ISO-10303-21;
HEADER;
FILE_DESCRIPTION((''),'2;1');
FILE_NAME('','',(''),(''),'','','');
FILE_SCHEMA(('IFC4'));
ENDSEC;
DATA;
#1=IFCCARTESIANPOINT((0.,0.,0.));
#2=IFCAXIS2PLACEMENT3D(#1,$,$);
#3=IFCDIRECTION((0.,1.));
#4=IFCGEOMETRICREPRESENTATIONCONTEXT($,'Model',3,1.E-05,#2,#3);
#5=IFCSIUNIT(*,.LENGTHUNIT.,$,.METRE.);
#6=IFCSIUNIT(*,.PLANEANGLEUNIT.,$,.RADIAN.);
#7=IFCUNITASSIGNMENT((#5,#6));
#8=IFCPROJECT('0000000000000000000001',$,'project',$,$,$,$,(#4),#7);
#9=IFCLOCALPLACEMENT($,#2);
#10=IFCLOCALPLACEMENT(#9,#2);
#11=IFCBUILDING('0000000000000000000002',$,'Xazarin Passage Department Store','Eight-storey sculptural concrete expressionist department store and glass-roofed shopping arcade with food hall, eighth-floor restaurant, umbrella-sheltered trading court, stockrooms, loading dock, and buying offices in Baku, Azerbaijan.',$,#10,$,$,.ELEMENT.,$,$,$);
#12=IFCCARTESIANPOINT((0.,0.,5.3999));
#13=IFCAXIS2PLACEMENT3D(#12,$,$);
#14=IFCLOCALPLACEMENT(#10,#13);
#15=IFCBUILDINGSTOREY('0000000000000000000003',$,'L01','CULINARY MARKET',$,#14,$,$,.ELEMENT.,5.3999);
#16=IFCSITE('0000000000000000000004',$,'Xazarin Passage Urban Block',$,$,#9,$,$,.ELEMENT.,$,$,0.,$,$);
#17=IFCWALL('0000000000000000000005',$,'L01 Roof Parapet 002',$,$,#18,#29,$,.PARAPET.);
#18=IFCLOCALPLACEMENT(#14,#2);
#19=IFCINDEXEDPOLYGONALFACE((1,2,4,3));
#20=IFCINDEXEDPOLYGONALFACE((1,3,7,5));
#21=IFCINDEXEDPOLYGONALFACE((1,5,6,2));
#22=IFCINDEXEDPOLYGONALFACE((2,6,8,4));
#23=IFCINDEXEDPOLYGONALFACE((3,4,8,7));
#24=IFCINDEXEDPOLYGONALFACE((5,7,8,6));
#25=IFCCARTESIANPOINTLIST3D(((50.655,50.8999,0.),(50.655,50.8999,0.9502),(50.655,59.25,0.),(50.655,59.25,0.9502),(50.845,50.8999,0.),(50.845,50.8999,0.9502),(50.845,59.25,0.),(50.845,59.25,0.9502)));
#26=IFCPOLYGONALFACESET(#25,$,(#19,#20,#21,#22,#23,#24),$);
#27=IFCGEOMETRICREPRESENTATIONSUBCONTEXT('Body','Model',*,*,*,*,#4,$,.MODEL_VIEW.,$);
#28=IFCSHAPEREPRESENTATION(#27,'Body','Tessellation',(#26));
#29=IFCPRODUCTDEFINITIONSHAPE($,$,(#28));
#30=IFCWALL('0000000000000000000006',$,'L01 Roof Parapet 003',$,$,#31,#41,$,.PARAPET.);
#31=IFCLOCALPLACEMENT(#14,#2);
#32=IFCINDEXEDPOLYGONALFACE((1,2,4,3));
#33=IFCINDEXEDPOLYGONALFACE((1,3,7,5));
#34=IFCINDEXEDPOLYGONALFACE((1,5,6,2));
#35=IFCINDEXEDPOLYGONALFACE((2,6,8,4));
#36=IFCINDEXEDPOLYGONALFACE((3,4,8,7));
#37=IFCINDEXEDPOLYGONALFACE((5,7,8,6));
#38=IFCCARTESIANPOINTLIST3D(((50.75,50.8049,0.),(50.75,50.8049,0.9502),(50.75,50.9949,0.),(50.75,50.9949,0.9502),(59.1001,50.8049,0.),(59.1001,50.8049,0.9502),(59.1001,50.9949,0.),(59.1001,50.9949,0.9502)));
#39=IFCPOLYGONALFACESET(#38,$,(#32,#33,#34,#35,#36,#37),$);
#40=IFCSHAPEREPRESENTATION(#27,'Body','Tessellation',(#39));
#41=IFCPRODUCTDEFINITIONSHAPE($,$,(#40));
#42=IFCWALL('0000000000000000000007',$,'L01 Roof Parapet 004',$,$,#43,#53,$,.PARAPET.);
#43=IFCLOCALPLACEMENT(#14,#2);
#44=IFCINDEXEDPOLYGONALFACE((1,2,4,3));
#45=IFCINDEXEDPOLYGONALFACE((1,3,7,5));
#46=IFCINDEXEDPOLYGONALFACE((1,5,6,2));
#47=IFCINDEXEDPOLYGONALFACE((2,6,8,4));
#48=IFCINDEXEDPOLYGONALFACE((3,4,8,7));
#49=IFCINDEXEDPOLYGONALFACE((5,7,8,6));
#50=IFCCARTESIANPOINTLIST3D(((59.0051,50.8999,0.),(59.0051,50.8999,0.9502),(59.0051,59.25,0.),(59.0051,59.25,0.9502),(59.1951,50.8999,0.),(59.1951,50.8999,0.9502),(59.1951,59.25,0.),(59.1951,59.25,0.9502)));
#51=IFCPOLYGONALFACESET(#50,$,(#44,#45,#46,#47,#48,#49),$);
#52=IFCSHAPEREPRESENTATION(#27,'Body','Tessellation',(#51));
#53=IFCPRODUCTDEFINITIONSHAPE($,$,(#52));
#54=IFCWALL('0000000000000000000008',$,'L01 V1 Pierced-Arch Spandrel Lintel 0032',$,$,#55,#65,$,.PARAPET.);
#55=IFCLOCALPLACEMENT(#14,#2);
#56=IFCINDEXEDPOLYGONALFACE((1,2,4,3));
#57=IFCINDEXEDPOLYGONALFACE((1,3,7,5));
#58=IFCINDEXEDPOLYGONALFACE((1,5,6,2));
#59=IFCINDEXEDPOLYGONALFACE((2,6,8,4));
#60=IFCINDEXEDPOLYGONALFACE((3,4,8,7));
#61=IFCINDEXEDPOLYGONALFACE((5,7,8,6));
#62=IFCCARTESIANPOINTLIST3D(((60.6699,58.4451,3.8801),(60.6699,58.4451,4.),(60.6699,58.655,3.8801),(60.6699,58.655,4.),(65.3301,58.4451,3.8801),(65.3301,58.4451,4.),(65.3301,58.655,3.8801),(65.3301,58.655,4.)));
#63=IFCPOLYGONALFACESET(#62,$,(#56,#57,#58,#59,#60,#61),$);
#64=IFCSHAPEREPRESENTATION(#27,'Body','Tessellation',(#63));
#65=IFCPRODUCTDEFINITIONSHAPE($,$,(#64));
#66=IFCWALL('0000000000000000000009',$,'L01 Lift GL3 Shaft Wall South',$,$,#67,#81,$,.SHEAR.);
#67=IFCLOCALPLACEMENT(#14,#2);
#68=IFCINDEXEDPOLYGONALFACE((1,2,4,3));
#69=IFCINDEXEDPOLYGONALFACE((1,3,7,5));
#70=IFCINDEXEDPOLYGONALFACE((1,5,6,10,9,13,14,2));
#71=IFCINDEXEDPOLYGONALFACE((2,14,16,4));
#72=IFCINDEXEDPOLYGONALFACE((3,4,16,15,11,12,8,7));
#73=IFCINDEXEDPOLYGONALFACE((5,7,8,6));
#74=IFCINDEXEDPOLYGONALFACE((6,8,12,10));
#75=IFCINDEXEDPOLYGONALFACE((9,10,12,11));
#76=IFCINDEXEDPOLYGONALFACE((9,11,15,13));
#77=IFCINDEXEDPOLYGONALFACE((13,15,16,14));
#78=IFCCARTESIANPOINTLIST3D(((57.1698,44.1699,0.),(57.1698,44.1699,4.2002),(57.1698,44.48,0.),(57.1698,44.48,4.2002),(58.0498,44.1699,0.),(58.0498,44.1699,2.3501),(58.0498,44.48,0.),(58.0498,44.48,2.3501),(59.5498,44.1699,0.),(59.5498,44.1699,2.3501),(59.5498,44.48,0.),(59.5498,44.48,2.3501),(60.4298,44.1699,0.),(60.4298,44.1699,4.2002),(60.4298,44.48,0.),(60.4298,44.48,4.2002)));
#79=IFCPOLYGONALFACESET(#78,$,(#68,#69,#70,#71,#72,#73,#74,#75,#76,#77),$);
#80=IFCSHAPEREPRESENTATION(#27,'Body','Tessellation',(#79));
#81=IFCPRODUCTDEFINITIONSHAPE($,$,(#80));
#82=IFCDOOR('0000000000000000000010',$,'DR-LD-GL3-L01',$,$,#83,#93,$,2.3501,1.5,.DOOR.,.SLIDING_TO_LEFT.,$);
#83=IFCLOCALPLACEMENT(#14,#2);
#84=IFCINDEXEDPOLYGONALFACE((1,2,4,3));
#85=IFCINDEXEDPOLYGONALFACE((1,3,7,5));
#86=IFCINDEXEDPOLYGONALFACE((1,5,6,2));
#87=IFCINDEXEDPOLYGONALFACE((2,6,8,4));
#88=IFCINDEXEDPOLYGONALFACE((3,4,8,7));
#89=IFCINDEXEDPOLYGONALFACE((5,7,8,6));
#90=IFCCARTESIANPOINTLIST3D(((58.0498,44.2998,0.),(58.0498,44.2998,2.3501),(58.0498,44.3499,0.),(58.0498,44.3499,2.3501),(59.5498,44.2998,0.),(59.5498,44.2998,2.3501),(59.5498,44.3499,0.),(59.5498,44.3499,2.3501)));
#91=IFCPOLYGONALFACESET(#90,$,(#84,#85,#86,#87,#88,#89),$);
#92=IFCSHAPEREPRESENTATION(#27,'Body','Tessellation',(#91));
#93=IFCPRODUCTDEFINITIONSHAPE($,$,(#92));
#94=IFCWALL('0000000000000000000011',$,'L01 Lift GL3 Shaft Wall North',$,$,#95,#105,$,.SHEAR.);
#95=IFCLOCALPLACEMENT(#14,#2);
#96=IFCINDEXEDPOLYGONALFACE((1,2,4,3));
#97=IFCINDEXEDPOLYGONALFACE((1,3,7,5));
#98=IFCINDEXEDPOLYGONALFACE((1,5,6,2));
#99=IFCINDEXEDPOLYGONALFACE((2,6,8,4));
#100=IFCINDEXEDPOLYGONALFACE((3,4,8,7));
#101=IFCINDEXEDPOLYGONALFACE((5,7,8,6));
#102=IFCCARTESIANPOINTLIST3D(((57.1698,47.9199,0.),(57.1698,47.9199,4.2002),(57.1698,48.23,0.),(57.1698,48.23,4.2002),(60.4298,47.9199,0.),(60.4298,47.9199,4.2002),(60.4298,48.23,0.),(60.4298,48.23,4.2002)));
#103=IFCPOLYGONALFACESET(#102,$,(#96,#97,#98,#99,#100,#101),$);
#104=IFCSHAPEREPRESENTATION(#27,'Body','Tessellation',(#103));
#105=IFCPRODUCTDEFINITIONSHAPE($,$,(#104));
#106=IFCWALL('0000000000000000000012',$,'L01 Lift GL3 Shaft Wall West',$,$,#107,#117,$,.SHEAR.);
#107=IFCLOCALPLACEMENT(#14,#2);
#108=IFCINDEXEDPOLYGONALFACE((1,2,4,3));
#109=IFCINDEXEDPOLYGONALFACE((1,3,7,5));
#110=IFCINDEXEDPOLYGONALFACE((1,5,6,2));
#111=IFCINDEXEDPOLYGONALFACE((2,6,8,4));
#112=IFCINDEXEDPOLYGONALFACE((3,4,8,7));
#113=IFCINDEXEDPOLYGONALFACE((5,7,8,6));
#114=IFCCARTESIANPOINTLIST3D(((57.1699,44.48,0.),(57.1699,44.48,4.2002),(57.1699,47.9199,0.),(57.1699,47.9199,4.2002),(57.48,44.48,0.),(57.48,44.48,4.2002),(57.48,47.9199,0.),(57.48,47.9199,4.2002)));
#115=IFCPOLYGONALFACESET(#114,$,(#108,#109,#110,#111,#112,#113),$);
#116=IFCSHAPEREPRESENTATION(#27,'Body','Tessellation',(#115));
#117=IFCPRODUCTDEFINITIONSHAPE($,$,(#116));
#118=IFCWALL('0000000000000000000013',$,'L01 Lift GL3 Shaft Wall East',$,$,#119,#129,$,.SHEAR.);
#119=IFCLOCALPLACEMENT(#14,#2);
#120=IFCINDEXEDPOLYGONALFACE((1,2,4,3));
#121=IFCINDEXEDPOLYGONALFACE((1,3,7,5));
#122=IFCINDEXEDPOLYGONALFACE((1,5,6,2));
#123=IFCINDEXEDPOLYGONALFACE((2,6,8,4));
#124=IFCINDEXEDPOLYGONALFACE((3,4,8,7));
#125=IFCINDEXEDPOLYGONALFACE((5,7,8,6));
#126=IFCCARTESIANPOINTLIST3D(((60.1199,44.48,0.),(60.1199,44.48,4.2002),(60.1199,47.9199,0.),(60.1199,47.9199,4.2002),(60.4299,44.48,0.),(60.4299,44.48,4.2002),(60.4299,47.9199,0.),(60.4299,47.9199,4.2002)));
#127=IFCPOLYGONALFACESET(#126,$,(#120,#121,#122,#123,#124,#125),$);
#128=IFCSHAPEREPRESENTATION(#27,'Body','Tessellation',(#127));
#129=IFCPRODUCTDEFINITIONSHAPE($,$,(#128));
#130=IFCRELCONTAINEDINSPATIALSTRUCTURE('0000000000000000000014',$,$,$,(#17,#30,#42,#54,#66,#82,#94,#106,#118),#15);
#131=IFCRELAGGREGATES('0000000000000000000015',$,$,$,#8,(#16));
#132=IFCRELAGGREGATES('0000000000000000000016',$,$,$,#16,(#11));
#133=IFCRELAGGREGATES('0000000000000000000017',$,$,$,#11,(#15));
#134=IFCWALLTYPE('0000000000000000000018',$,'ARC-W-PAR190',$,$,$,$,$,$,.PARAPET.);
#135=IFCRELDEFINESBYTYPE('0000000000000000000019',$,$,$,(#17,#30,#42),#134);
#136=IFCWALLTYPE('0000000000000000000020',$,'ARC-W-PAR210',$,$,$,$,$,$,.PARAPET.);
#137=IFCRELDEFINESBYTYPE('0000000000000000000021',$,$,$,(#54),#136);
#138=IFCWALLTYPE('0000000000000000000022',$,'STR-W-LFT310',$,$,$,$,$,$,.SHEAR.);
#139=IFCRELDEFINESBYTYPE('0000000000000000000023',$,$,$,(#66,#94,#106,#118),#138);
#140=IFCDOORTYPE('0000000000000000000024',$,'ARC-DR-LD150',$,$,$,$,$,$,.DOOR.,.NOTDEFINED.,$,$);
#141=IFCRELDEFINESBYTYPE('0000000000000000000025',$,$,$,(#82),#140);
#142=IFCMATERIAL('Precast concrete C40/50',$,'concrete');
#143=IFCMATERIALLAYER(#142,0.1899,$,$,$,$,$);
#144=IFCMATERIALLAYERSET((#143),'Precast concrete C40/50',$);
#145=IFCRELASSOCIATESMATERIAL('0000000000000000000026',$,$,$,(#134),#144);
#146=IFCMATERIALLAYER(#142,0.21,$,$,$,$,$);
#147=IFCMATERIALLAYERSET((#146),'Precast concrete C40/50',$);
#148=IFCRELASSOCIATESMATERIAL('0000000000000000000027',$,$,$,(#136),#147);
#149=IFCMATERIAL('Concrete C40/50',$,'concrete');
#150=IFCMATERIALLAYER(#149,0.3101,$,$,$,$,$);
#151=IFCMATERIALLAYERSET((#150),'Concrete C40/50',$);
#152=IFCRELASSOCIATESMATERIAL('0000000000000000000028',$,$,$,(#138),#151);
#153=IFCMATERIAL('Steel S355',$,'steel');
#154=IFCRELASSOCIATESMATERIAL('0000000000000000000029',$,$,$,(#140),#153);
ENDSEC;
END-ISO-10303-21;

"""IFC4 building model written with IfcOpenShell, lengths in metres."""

from ifc_helpers import new_model, si_unit, direction, frame, frame_2d, origin, place, context, subcontext, project, spatial, rectangle, extrude, material, layer, layer_set, type_object, element, fill, save


model = new_model("IFC4")

# Units and contexts
model_context = context("Model", 3, precision=1e-05, world=origin(), true_north=direction((0.0, 1.0)))
body_context = subcontext(model_context, "Body", "Model", "MODEL_VIEW")
ifc_project = project(units=[si_unit("LENGTHUNIT", "METRE"), si_unit("PLANEANGLEUNIT", "RADIAN")], contexts=[model_context])

# Site, building, storey
site_placement = place(None, origin())
site = spatial("IfcSite", under=ifc_project, at=site_placement, Name="Xazarin Passage Urban Block", CompositionType="ELEMENT", RefElevation=0.0)
building_placement = place(site_placement, origin())
building = spatial("IfcBuilding", under=site, at=building_placement, Name="Xazarin Passage Department Store", Description="Eight-storey sculptural concrete expressionist department store and glass-roofed shopping arcade with food hall, eighth-floor restaurant, umbrella-sheltered trading court, stockrooms, loading dock, and buying offices in Baku, Azerbaijan.", CompositionType="ELEMENT")
storey_placement = place(building_placement, frame((0.0, 0.0, 5.3999)))
storey = spatial("IfcBuildingStorey", under=building, at=storey_placement, Name="L01", Description="CULINARY MARKET", CompositionType="ELEMENT", Elevation=5.3999)

# Shared definitions
ifc_material_1 = material(Name="Concrete C40/50", Category="concrete")

# Shared definitions
ifc_material_2 = material(Name="Precast concrete C40/50", Category="concrete")

# Walls
ifc_layer_1 = layer(ifc_material_2, 0.1899)
ifc_layer_set_1 = layer_set([ifc_layer_1], Name="Precast concrete C40/50")
wall_type_1 = type_object("IfcWallType", Name="ARC-W-PAR190", PredefinedType="PARAPET", material=ifc_layer_set_1)
for number, where, z_axis, x_axis, name in (
    (1, (50.75, 59.25, 0.0), (0.0, 0.0, 1.0), (0.0, -1.0, 0.0), "L01 Roof Parapet 002"),
    (2, (50.75, 50.8999, 0.0), (0.0, 0.0, 1.0), (1.0, 0.0, 0.0), "L01 Roof Parapet 003"),
    (3, (59.1001, 50.8999, 0.0), (0.0, 0.0, 1.0), (0.0, 1.0, 0.0), "L01 Roof Parapet 004"),
):
    element("IfcWall", number, at=place(storey_placement, frame(where, z_axis=z_axis, x_axis=x_axis)), inside=storey, type_object=wall_type_1, Name=name, PredefinedType="PARAPET", context=body_context, shape_type="SweptSolid", body=[
        extrude(rectangle(XDim=8.3501, YDim=0.1899, at=frame_2d((4.175, 0.0))), origin(), (0.0, 0.0, 1.0), 0.9502),
    ])
ifc_layer_2 = layer(ifc_material_2, 0.21)
ifc_layer_set_2 = layer_set([ifc_layer_2], Name="Precast concrete C40/50")
wall_type_2 = type_object("IfcWallType", Name="ARC-W-PAR210", PredefinedType="PARAPET", material=ifc_layer_set_2)
wall_1_placement = place(storey_placement, frame((60.6699, 58.55, 3.8801), z_axis=(0.0, 0.0, 1.0), x_axis=(1.0, 0.0, 0.0)))
element("IfcWall", 4, at=wall_1_placement, inside=storey, type_object=wall_type_2, Name="L01 V1 Pierced-Arch Spandrel Lintel 0032", PredefinedType="PARAPET", context=body_context, shape_type="SweptSolid", body=[
    extrude(rectangle(XDim=4.6602, YDim=0.21, at=frame_2d((2.3301, 0.0))), origin(), (0.0, 0.0, 1.0), 0.1199),
])

# Wall, opening, door
ifc_layer_3 = layer(ifc_material_1, 0.3101)
ifc_layer_set_3 = layer_set([ifc_layer_3], Name="Concrete C40/50")
wall_type_3 = type_object("IfcWallType", Name="STR-W-LFT310", PredefinedType="SHEAR", material=ifc_layer_set_3)
wall_2_placement = place(storey_placement, frame((57.1699, 44.325, 0.0), z_axis=(0.0, 0.0, 1.0), x_axis=(1.0, 0.0, 0.0)))
wall_2 = element("IfcWall", 5, at=wall_2_placement, inside=storey, type_object=wall_type_3, Name="L01 Lift GL3 Shaft Wall South", PredefinedType="SHEAR", context=body_context, shape_type="SweptSolid", body=[
    extrude(rectangle(XDim=3.26, YDim=0.3101, at=frame_2d((1.6299, 0.0))), origin(), (0.0, 0.0, 1.0), 4.2002),
])
opening_placement = place(wall_2_placement, frame((0.8799, 0.0, 0.0)))
opening = element("IfcOpeningElement", 6, at=opening_placement, cuts=wall_2, PredefinedType="OPENING", context=body_context, shape_type="SweptSolid", body=[
    extrude(rectangle(XDim=1.5, YDim=2.3501, at=frame_2d((0.75, 1.175))), frame((0.0, 0.165, 0.0), z_axis=(0.0, -1.0, 0.0), x_axis=(1.0, 0.0, 0.0)), (0.0, 0.0, 1.0), 0.3301),
])
ifc_material_3 = material(Name="Steel S355", Category="steel")
door_type = type_object("IfcDoorType", Name="ARC-DR-LD150", OperationType="NOTDEFINED", PredefinedType="DOOR", material=ifc_material_3)
door_placement = place(opening_placement, origin())
door = element("IfcDoor", 7, at=door_placement, inside=storey, type_object=door_type, Name="DR-LD-GL3-L01", OperationType="SLIDING_TO_LEFT", OverallHeight=2.3501, OverallWidth=1.5, PredefinedType="DOOR", context=body_context, shape_type="SweptSolid", body=[
    extrude(rectangle(XDim=1.5, YDim=2.3501, at=frame_2d((0.75, 1.175))), frame((0.0, 0.0249, 0.0), z_axis=(0.0, -1.0, 0.0), x_axis=(1.0, 0.0, 0.0)), (0.0, 0.0, 1.0), 0.05),
])
fill(opening, door)

# Walls
wall_3_placement = place(storey_placement, frame((57.1699, 48.075, 0.0), z_axis=(0.0, 0.0, 1.0), x_axis=(1.0, 0.0, 0.0)))
element("IfcWall", 8, at=wall_3_placement, inside=storey, type_object=wall_type_3, Name="L01 Lift GL3 Shaft Wall North", PredefinedType="SHEAR", context=body_context, shape_type="SweptSolid", body=[
    extrude(rectangle(XDim=3.26, YDim=0.3101, at=frame_2d((1.6299, 0.0))), origin(), (0.0, 0.0, 1.0), 4.2002),
])
for number, where, z_axis, x_axis, name in (
    (9, (57.325, 44.48, 0.0), (0.0, 0.0, 1.0), (0.0, 1.0, 0.0), "L01 Lift GL3 Shaft Wall West"),
    (10, (60.2749, 44.48, 0.0), (0.0, 0.0, 1.0), (0.0, 1.0, 0.0), "L01 Lift GL3 Shaft Wall East"),
):
    element("IfcWall", number, at=place(storey_placement, frame(where, z_axis=z_axis, x_axis=x_axis)), inside=storey, type_object=wall_type_3, Name=name, PredefinedType="SHEAR", context=body_context, shape_type="SweptSolid", body=[
        extrude(rectangle(XDim=3.4399, YDim=0.3101, at=frame_2d((1.72, 0.0))), origin(), (0.0, 0.0, 1.0), 4.2002),
    ])

save(model, "model.ifc")
